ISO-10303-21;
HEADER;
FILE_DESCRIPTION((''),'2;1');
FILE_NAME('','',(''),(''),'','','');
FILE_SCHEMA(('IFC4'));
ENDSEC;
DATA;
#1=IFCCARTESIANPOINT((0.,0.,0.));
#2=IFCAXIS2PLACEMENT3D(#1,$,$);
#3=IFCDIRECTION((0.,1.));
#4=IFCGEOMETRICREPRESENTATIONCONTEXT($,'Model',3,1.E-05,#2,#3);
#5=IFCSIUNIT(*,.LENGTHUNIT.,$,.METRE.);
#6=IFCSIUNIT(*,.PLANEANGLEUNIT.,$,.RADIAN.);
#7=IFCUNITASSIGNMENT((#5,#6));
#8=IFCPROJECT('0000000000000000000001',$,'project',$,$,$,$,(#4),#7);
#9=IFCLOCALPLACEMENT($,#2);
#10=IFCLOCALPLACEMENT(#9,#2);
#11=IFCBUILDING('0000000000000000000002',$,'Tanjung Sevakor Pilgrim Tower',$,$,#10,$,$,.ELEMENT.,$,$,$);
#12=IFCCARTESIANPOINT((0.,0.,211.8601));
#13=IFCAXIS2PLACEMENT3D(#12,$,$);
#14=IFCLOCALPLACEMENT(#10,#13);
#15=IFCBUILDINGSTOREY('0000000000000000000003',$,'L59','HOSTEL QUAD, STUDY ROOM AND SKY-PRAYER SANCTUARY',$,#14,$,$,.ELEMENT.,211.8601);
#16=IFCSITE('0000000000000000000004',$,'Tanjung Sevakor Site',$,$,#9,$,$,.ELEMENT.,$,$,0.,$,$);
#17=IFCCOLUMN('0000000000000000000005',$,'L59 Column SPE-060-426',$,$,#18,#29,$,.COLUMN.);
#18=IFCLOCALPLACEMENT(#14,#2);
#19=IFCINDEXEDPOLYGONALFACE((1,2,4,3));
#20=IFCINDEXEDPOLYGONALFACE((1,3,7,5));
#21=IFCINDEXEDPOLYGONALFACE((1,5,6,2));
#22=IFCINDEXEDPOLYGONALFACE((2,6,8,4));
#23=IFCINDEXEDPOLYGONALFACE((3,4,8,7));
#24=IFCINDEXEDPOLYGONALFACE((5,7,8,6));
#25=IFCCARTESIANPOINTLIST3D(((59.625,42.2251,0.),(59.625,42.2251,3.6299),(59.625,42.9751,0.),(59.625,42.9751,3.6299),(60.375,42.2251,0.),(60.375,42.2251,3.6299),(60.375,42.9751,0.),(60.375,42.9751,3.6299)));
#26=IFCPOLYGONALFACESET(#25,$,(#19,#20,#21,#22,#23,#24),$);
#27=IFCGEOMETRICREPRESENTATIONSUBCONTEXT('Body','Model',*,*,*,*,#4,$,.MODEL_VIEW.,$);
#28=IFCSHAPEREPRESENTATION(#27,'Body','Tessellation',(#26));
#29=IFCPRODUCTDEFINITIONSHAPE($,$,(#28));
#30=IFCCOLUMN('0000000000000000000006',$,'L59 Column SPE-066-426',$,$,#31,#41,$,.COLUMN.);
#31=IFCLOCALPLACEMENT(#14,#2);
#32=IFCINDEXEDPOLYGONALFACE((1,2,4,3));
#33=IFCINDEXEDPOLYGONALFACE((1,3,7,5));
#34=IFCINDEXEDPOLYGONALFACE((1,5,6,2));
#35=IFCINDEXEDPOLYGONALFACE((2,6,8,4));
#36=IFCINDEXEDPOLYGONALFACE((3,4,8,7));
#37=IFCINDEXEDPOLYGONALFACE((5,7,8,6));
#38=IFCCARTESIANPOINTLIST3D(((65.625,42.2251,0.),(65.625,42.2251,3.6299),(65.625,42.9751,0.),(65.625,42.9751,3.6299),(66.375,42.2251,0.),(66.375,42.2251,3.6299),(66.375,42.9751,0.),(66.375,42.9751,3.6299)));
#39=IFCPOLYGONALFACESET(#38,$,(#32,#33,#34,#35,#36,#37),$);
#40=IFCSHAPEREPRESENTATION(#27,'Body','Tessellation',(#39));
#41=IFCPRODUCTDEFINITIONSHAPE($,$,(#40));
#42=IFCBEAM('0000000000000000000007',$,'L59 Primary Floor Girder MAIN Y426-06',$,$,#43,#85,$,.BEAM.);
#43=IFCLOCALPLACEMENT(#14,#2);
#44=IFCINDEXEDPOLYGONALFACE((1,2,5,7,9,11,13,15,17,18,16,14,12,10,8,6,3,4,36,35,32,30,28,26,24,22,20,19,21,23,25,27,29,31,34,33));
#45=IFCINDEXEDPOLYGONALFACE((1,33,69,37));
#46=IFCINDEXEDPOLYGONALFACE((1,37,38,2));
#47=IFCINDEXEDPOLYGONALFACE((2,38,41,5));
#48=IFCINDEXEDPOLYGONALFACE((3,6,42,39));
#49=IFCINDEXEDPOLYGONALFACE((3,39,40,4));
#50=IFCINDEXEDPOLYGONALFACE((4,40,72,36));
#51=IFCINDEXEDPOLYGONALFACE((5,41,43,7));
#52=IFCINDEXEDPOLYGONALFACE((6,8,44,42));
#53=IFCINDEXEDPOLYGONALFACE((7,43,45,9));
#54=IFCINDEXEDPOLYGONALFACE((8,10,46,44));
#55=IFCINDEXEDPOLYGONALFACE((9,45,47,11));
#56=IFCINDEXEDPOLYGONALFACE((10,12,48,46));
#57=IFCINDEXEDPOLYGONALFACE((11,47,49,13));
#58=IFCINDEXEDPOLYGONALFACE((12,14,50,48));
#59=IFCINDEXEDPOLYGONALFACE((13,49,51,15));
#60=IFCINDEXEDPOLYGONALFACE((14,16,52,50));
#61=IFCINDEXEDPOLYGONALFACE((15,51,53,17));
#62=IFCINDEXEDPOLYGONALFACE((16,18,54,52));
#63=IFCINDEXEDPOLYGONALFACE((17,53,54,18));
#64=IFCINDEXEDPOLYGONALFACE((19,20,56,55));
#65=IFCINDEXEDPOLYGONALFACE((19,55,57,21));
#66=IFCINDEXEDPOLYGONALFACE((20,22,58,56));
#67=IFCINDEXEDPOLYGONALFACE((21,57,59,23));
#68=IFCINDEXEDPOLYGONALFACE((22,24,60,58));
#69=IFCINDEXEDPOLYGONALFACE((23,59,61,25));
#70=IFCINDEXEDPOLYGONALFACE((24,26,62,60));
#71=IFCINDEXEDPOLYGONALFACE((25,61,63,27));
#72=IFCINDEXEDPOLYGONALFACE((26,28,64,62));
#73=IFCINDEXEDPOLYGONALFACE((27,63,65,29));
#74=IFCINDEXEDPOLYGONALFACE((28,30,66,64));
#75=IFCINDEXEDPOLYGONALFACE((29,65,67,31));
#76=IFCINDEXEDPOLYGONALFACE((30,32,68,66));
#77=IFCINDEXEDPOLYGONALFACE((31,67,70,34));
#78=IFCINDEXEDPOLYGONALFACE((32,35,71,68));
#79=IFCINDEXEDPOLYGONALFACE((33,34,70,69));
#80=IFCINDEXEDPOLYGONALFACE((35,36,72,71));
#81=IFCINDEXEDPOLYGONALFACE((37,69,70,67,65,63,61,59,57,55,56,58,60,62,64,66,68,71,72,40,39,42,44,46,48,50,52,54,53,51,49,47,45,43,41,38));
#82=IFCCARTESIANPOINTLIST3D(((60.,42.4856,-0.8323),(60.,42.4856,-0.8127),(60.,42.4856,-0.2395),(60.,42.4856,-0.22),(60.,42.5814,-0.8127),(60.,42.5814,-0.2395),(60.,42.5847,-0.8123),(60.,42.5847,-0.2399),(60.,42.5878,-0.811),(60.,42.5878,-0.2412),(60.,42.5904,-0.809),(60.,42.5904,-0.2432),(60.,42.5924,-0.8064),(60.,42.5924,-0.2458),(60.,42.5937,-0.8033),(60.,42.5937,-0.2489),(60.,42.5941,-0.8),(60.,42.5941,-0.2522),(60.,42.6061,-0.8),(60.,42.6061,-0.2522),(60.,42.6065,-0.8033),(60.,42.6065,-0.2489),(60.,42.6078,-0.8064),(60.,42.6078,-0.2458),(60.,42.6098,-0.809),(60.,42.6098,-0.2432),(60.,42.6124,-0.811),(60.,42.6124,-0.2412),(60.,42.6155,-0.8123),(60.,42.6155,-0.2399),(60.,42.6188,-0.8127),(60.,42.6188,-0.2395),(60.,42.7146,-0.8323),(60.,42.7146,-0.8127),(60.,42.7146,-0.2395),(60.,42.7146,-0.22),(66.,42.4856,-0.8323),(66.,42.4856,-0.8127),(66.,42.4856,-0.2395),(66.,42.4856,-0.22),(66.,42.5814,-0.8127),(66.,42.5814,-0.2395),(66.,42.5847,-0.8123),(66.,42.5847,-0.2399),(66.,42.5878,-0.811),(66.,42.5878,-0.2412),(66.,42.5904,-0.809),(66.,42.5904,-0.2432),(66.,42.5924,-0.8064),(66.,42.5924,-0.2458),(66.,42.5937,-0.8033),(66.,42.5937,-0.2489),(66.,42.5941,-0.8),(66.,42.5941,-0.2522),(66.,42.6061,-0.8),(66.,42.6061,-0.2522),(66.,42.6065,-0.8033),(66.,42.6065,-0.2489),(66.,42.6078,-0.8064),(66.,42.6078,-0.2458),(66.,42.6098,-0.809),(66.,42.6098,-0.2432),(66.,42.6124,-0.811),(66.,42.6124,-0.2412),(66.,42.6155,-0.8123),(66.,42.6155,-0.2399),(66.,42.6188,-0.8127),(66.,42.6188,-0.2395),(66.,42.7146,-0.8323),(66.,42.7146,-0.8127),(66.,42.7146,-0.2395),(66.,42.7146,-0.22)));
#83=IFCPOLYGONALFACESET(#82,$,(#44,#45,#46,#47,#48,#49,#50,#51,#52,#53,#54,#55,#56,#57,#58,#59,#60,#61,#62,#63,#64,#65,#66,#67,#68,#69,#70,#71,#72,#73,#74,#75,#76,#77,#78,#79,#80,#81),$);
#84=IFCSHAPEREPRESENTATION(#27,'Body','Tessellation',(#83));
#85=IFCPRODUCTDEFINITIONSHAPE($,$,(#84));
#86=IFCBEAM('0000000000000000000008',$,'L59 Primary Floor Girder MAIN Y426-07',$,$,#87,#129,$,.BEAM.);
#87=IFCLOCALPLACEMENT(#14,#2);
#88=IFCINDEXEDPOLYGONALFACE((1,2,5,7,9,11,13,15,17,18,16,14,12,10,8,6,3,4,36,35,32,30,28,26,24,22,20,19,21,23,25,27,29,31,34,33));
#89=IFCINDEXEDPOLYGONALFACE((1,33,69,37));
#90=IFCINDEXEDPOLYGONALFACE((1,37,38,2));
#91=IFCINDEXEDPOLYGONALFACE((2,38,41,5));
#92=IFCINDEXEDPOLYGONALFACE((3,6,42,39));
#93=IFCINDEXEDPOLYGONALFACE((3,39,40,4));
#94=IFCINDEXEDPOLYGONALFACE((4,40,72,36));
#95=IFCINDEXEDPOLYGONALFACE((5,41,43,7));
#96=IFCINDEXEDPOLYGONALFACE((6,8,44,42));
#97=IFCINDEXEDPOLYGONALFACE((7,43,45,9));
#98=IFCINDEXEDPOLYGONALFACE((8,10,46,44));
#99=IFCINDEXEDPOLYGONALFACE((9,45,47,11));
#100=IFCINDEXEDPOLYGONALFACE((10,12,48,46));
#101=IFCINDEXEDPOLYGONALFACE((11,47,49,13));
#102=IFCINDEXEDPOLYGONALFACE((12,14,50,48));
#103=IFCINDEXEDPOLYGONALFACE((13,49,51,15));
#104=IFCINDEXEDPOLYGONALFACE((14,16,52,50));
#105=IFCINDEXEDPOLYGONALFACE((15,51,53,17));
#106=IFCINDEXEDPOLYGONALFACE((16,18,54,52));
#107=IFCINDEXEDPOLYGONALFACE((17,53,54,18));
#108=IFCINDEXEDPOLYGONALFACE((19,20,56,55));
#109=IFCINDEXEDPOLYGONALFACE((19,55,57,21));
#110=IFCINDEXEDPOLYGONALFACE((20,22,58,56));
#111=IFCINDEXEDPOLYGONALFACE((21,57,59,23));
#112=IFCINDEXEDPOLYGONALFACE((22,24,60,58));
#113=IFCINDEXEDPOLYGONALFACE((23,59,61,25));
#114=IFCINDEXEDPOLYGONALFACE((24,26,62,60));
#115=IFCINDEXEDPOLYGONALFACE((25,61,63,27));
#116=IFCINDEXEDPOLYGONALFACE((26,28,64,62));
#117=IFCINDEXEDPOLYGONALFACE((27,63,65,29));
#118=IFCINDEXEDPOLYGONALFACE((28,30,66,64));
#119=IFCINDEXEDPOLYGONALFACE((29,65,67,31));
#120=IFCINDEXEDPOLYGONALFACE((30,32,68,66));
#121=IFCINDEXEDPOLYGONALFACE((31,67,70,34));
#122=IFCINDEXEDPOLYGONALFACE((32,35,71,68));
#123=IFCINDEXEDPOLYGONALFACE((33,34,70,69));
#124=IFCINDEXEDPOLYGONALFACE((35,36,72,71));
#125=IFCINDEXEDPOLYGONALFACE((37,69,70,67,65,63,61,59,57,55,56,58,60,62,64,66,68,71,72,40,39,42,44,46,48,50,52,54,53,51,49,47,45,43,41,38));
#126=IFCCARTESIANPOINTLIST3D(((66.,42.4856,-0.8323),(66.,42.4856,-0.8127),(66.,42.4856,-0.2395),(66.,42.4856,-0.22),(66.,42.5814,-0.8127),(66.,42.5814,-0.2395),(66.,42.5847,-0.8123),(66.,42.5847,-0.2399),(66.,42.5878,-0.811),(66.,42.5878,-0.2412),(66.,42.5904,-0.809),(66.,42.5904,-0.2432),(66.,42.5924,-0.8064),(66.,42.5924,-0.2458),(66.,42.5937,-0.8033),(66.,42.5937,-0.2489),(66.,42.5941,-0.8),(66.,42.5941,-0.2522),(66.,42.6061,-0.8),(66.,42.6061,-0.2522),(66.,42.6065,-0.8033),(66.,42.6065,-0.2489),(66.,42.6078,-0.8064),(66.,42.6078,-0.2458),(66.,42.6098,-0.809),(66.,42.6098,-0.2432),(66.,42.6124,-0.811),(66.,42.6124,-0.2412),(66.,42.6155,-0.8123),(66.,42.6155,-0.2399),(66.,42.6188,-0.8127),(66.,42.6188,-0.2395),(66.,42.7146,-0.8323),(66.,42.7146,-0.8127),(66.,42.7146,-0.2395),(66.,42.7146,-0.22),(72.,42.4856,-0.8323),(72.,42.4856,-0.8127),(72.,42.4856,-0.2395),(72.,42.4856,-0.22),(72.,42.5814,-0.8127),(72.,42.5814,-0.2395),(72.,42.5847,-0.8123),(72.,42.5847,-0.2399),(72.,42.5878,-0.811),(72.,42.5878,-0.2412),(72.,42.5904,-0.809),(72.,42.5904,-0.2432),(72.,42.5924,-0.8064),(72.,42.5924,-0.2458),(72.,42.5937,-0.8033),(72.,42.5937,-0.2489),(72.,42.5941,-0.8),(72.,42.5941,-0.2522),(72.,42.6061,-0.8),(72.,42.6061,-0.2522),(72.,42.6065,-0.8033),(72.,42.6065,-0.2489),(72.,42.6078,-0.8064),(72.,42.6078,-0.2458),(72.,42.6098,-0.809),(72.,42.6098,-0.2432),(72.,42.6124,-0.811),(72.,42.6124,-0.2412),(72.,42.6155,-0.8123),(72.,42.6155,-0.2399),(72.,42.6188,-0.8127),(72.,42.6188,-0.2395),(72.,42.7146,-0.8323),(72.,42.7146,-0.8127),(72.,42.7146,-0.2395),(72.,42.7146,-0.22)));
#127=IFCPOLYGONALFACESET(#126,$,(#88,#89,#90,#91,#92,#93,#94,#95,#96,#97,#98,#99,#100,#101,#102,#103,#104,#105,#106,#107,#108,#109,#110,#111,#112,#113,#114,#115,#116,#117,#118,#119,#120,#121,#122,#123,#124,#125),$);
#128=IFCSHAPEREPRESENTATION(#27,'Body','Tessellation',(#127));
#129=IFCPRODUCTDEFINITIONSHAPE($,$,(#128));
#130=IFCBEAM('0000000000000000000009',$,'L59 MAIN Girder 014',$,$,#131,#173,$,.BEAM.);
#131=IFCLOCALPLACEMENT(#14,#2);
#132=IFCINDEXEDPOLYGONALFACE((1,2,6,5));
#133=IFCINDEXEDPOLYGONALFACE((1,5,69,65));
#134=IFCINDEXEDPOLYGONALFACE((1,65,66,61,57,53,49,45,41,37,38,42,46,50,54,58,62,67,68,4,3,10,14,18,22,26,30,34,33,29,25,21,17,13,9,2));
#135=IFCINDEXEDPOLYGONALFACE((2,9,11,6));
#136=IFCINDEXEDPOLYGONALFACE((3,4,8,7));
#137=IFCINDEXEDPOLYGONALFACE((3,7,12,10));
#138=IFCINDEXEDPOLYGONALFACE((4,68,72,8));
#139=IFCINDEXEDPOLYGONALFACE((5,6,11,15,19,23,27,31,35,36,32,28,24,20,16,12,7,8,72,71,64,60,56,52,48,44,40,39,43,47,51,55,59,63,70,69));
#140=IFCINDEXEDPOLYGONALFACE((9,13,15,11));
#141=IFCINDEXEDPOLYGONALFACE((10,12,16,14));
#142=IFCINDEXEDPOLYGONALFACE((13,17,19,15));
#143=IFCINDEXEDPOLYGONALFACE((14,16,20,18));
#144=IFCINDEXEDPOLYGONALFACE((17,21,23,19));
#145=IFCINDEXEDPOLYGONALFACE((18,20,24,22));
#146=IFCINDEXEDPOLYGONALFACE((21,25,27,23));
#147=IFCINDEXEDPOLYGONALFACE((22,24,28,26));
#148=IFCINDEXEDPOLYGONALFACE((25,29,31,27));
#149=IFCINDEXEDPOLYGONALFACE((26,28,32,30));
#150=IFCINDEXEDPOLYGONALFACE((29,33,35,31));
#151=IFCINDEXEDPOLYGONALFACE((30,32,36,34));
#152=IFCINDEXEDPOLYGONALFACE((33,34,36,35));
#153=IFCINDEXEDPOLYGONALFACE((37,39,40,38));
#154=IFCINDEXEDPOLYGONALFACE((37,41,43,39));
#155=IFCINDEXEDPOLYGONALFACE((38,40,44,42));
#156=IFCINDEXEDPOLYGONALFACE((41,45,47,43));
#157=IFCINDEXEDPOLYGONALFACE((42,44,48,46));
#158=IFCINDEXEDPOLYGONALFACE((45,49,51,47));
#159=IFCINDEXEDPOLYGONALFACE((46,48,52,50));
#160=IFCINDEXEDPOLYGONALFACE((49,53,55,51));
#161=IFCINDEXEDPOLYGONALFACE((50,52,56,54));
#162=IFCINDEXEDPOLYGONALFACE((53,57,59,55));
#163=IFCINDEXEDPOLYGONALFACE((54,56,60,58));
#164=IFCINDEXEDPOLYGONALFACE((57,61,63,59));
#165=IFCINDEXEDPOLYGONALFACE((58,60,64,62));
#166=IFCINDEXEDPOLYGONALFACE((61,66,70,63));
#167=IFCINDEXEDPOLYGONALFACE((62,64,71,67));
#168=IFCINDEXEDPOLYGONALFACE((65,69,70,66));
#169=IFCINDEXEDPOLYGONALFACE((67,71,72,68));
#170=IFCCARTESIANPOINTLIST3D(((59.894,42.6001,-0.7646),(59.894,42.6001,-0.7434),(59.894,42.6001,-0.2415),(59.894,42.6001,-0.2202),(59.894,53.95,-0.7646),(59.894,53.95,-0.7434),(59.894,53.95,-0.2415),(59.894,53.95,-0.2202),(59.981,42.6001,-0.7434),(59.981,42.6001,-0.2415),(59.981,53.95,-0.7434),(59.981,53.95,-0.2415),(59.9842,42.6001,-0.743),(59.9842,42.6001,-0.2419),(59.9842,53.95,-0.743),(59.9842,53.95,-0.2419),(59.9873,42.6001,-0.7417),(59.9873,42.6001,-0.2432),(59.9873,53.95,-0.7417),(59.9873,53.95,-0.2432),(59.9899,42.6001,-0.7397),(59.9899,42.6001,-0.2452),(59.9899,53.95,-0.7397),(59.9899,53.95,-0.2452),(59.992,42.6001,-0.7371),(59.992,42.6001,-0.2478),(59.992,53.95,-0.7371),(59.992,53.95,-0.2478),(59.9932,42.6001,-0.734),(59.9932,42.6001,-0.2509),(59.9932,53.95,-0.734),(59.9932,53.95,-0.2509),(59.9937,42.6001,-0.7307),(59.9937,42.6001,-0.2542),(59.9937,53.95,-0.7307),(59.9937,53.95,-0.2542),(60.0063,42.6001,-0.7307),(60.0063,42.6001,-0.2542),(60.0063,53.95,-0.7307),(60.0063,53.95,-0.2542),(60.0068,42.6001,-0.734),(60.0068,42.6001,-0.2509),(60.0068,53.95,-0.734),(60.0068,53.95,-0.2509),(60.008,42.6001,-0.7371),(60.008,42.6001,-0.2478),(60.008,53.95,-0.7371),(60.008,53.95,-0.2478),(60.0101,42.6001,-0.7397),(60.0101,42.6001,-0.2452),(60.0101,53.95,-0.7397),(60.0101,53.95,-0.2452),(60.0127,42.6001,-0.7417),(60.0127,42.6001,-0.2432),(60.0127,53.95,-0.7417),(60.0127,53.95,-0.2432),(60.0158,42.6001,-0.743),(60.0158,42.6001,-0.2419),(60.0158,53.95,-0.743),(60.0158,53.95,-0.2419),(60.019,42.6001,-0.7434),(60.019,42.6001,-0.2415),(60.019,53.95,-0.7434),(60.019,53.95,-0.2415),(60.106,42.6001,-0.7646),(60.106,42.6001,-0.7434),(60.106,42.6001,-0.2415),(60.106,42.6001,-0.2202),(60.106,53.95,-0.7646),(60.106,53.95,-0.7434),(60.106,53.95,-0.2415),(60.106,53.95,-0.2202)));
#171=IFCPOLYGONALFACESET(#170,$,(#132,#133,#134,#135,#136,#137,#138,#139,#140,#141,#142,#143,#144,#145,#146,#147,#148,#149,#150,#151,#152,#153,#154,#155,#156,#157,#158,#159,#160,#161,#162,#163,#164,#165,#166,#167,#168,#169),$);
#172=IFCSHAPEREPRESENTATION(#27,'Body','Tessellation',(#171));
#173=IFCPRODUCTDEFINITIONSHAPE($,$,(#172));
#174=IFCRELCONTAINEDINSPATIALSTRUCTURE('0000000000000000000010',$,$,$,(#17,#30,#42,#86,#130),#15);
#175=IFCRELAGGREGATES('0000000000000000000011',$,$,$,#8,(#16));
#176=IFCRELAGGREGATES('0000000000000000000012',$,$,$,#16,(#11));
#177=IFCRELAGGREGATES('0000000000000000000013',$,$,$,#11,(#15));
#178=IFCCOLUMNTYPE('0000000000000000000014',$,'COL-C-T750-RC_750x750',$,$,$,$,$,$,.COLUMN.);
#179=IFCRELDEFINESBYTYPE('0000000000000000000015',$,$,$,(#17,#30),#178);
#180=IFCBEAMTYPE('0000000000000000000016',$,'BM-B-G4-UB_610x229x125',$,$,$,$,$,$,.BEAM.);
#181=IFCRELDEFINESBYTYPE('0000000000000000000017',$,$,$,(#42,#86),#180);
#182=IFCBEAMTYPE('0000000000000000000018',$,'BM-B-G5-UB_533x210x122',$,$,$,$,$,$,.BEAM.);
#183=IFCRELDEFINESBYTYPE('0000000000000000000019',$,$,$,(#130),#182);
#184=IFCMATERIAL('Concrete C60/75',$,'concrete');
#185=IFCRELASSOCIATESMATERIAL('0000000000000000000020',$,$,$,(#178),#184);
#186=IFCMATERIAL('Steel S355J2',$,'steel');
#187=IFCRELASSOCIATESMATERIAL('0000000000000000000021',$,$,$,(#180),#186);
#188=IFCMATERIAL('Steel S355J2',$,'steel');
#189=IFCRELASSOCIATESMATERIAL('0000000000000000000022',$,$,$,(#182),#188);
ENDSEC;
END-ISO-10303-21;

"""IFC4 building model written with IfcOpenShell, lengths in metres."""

from ifc_helpers import new_model, si_unit, direction, frame, origin, origin_2d, place, context, subcontext, project, spatial, rectangle, i_section, extrude, material, material_profile, profile_set, type_object, element, save


model = new_model("IFC4")

# Units and contexts
model_context = context("Model", 3, precision=1e-05, world=origin(), true_north=direction((0.0, 1.0)))
body_context = subcontext(model_context, "Body", "Model", "MODEL_VIEW")
ifc_project = project(units=[si_unit("LENGTHUNIT", "METRE"), si_unit("PLANEANGLEUNIT", "RADIAN")], contexts=[model_context])

# Site, building, storey
site_placement = place(None, origin())
site = spatial("IfcSite", under=ifc_project, at=site_placement, Name="Tanjung Sevakor Site", CompositionType="ELEMENT", RefElevation=0.0)
building_placement = place(site_placement, origin())
building = spatial("IfcBuilding", under=site, at=building_placement, Name="Tanjung Sevakor Pilgrim Tower", CompositionType="ELEMENT")
storey_placement = place(building_placement, frame((0.0, 0.0, 211.8601)))
storey = spatial("IfcBuildingStorey", under=building, at=storey_placement, Name="L59", Description="HOSTEL QUAD, STUDY ROOM AND SKY-PRAYER SANCTUARY", CompositionType="ELEMENT", Elevation=211.8601)

# Columns
ifc_material_1 = material(Name="Concrete C60/75", Category="concrete")
ifc_material_profile_1 = material_profile(ifc_material_1, rectangle(XDim=0.75, YDim=0.75, at=origin_2d()))
ifc_profile_set_1 = profile_set([ifc_material_profile_1], Name="Concrete C60/75")
column_type = type_object("IfcColumnType", Name="COL-C-T750-RC_750x750", PredefinedType="COLUMN", material=ifc_profile_set_1)
for number, where, z_axis, x_axis, name in (
    (1, (60.0, 42.6001, 0.0), (0.0, 0.0, 1.0), (1.0, 0.0, 0.0), "L59 Column SPE-060-426"),
    (2, (66.0, 42.6001, 0.0), (0.0, 0.0, 1.0), (1.0, 0.0, 0.0), "L59 Column SPE-066-426"),
):
    element("IfcColumn", number, at=place(storey_placement, frame(where, z_axis=z_axis, x_axis=x_axis)), inside=storey, type_object=column_type, Name=name, PredefinedType="COLUMN", context=body_context, shape_type="SweptSolid", body=[
        extrude(rectangle(XDim=0.75, YDim=0.75, at=origin_2d()), origin(), (0.0, 0.0, 1.0), 3.6299),
    ])

# Beams
ifc_material_2 = material(Name="Steel S355J2", Category="steel")
ifc_material_profile_2 = material_profile(ifc_material_2, i_section(OverallWidth=0.229, OverallDepth=0.6123, WebThickness=0.012, FlangeThickness=0.0195, FilletRadius=0.0127, at=origin_2d()))
ifc_profile_set_2 = profile_set([ifc_material_profile_2], Name="Steel S355J2")
beam_type_1 = type_object("IfcBeamType", Name="BM-B-G4-UB_610x229x125", PredefinedType="BEAM", material=ifc_profile_set_2)
for number, where, z_axis, x_axis, name in (
    (3, (60.0, 42.6001, -0.5261), (1.0, 0.0, 0.0), (0.0, 1.0, 0.0), "L59 Primary Floor Girder MAIN Y426-06"),
    (4, (66.0, 42.6001, -0.5261), (1.0, 0.0, 0.0), (0.0, 1.0, 0.0), "L59 Primary Floor Girder MAIN Y426-07"),
):
    element("IfcBeam", number, at=place(storey_placement, frame(where, z_axis=z_axis, x_axis=x_axis)), inside=storey, type_object=beam_type_1, Name=name, PredefinedType="BEAM", context=body_context, shape_type="SweptSolid", body=[
        extrude(i_section(OverallWidth=0.229, OverallDepth=0.6123, WebThickness=0.012, FlangeThickness=0.0195, FilletRadius=0.0127, at=origin_2d()), origin(), (0.0, 0.0, 1.0), 6.0),
    ])
ifc_material_3 = material(Name="Steel S355J2", Category="steel")
ifc_material_profile_3 = material_profile(ifc_material_3, i_section(OverallWidth=0.2119, OverallDepth=0.5444, WebThickness=0.0127, FlangeThickness=0.0212, FilletRadius=0.0127, at=origin_2d()))
ifc_profile_set_3 = profile_set([ifc_material_profile_3], Name="Steel S355J2")
beam_type_2 = type_object("IfcBeamType", Name="BM-B-G5-UB_533x210x122", PredefinedType="BEAM", material=ifc_profile_set_3)
for number, where, z_axis, x_axis, name in (
    (5, (60.0, 42.6001, -0.4924), (0.0, 1.0, 0.0), (-1.0, 0.0, 0.0), "L59 MAIN Girder 014"),
):
    element("IfcBeam", number, at=place(storey_placement, frame(where, z_axis=z_axis, x_axis=x_axis)), inside=storey, type_object=beam_type_2, Name=name, PredefinedType="BEAM", context=body_context, shape_type="SweptSolid", body=[
        extrude(i_section(OverallWidth=0.2119, OverallDepth=0.5444, WebThickness=0.0127, FlangeThickness=0.0212, FilletRadius=0.0127, at=origin_2d()), origin(), (0.0, 0.0, 1.0), 11.3499),
    ])

save(model, "model.ifc")
